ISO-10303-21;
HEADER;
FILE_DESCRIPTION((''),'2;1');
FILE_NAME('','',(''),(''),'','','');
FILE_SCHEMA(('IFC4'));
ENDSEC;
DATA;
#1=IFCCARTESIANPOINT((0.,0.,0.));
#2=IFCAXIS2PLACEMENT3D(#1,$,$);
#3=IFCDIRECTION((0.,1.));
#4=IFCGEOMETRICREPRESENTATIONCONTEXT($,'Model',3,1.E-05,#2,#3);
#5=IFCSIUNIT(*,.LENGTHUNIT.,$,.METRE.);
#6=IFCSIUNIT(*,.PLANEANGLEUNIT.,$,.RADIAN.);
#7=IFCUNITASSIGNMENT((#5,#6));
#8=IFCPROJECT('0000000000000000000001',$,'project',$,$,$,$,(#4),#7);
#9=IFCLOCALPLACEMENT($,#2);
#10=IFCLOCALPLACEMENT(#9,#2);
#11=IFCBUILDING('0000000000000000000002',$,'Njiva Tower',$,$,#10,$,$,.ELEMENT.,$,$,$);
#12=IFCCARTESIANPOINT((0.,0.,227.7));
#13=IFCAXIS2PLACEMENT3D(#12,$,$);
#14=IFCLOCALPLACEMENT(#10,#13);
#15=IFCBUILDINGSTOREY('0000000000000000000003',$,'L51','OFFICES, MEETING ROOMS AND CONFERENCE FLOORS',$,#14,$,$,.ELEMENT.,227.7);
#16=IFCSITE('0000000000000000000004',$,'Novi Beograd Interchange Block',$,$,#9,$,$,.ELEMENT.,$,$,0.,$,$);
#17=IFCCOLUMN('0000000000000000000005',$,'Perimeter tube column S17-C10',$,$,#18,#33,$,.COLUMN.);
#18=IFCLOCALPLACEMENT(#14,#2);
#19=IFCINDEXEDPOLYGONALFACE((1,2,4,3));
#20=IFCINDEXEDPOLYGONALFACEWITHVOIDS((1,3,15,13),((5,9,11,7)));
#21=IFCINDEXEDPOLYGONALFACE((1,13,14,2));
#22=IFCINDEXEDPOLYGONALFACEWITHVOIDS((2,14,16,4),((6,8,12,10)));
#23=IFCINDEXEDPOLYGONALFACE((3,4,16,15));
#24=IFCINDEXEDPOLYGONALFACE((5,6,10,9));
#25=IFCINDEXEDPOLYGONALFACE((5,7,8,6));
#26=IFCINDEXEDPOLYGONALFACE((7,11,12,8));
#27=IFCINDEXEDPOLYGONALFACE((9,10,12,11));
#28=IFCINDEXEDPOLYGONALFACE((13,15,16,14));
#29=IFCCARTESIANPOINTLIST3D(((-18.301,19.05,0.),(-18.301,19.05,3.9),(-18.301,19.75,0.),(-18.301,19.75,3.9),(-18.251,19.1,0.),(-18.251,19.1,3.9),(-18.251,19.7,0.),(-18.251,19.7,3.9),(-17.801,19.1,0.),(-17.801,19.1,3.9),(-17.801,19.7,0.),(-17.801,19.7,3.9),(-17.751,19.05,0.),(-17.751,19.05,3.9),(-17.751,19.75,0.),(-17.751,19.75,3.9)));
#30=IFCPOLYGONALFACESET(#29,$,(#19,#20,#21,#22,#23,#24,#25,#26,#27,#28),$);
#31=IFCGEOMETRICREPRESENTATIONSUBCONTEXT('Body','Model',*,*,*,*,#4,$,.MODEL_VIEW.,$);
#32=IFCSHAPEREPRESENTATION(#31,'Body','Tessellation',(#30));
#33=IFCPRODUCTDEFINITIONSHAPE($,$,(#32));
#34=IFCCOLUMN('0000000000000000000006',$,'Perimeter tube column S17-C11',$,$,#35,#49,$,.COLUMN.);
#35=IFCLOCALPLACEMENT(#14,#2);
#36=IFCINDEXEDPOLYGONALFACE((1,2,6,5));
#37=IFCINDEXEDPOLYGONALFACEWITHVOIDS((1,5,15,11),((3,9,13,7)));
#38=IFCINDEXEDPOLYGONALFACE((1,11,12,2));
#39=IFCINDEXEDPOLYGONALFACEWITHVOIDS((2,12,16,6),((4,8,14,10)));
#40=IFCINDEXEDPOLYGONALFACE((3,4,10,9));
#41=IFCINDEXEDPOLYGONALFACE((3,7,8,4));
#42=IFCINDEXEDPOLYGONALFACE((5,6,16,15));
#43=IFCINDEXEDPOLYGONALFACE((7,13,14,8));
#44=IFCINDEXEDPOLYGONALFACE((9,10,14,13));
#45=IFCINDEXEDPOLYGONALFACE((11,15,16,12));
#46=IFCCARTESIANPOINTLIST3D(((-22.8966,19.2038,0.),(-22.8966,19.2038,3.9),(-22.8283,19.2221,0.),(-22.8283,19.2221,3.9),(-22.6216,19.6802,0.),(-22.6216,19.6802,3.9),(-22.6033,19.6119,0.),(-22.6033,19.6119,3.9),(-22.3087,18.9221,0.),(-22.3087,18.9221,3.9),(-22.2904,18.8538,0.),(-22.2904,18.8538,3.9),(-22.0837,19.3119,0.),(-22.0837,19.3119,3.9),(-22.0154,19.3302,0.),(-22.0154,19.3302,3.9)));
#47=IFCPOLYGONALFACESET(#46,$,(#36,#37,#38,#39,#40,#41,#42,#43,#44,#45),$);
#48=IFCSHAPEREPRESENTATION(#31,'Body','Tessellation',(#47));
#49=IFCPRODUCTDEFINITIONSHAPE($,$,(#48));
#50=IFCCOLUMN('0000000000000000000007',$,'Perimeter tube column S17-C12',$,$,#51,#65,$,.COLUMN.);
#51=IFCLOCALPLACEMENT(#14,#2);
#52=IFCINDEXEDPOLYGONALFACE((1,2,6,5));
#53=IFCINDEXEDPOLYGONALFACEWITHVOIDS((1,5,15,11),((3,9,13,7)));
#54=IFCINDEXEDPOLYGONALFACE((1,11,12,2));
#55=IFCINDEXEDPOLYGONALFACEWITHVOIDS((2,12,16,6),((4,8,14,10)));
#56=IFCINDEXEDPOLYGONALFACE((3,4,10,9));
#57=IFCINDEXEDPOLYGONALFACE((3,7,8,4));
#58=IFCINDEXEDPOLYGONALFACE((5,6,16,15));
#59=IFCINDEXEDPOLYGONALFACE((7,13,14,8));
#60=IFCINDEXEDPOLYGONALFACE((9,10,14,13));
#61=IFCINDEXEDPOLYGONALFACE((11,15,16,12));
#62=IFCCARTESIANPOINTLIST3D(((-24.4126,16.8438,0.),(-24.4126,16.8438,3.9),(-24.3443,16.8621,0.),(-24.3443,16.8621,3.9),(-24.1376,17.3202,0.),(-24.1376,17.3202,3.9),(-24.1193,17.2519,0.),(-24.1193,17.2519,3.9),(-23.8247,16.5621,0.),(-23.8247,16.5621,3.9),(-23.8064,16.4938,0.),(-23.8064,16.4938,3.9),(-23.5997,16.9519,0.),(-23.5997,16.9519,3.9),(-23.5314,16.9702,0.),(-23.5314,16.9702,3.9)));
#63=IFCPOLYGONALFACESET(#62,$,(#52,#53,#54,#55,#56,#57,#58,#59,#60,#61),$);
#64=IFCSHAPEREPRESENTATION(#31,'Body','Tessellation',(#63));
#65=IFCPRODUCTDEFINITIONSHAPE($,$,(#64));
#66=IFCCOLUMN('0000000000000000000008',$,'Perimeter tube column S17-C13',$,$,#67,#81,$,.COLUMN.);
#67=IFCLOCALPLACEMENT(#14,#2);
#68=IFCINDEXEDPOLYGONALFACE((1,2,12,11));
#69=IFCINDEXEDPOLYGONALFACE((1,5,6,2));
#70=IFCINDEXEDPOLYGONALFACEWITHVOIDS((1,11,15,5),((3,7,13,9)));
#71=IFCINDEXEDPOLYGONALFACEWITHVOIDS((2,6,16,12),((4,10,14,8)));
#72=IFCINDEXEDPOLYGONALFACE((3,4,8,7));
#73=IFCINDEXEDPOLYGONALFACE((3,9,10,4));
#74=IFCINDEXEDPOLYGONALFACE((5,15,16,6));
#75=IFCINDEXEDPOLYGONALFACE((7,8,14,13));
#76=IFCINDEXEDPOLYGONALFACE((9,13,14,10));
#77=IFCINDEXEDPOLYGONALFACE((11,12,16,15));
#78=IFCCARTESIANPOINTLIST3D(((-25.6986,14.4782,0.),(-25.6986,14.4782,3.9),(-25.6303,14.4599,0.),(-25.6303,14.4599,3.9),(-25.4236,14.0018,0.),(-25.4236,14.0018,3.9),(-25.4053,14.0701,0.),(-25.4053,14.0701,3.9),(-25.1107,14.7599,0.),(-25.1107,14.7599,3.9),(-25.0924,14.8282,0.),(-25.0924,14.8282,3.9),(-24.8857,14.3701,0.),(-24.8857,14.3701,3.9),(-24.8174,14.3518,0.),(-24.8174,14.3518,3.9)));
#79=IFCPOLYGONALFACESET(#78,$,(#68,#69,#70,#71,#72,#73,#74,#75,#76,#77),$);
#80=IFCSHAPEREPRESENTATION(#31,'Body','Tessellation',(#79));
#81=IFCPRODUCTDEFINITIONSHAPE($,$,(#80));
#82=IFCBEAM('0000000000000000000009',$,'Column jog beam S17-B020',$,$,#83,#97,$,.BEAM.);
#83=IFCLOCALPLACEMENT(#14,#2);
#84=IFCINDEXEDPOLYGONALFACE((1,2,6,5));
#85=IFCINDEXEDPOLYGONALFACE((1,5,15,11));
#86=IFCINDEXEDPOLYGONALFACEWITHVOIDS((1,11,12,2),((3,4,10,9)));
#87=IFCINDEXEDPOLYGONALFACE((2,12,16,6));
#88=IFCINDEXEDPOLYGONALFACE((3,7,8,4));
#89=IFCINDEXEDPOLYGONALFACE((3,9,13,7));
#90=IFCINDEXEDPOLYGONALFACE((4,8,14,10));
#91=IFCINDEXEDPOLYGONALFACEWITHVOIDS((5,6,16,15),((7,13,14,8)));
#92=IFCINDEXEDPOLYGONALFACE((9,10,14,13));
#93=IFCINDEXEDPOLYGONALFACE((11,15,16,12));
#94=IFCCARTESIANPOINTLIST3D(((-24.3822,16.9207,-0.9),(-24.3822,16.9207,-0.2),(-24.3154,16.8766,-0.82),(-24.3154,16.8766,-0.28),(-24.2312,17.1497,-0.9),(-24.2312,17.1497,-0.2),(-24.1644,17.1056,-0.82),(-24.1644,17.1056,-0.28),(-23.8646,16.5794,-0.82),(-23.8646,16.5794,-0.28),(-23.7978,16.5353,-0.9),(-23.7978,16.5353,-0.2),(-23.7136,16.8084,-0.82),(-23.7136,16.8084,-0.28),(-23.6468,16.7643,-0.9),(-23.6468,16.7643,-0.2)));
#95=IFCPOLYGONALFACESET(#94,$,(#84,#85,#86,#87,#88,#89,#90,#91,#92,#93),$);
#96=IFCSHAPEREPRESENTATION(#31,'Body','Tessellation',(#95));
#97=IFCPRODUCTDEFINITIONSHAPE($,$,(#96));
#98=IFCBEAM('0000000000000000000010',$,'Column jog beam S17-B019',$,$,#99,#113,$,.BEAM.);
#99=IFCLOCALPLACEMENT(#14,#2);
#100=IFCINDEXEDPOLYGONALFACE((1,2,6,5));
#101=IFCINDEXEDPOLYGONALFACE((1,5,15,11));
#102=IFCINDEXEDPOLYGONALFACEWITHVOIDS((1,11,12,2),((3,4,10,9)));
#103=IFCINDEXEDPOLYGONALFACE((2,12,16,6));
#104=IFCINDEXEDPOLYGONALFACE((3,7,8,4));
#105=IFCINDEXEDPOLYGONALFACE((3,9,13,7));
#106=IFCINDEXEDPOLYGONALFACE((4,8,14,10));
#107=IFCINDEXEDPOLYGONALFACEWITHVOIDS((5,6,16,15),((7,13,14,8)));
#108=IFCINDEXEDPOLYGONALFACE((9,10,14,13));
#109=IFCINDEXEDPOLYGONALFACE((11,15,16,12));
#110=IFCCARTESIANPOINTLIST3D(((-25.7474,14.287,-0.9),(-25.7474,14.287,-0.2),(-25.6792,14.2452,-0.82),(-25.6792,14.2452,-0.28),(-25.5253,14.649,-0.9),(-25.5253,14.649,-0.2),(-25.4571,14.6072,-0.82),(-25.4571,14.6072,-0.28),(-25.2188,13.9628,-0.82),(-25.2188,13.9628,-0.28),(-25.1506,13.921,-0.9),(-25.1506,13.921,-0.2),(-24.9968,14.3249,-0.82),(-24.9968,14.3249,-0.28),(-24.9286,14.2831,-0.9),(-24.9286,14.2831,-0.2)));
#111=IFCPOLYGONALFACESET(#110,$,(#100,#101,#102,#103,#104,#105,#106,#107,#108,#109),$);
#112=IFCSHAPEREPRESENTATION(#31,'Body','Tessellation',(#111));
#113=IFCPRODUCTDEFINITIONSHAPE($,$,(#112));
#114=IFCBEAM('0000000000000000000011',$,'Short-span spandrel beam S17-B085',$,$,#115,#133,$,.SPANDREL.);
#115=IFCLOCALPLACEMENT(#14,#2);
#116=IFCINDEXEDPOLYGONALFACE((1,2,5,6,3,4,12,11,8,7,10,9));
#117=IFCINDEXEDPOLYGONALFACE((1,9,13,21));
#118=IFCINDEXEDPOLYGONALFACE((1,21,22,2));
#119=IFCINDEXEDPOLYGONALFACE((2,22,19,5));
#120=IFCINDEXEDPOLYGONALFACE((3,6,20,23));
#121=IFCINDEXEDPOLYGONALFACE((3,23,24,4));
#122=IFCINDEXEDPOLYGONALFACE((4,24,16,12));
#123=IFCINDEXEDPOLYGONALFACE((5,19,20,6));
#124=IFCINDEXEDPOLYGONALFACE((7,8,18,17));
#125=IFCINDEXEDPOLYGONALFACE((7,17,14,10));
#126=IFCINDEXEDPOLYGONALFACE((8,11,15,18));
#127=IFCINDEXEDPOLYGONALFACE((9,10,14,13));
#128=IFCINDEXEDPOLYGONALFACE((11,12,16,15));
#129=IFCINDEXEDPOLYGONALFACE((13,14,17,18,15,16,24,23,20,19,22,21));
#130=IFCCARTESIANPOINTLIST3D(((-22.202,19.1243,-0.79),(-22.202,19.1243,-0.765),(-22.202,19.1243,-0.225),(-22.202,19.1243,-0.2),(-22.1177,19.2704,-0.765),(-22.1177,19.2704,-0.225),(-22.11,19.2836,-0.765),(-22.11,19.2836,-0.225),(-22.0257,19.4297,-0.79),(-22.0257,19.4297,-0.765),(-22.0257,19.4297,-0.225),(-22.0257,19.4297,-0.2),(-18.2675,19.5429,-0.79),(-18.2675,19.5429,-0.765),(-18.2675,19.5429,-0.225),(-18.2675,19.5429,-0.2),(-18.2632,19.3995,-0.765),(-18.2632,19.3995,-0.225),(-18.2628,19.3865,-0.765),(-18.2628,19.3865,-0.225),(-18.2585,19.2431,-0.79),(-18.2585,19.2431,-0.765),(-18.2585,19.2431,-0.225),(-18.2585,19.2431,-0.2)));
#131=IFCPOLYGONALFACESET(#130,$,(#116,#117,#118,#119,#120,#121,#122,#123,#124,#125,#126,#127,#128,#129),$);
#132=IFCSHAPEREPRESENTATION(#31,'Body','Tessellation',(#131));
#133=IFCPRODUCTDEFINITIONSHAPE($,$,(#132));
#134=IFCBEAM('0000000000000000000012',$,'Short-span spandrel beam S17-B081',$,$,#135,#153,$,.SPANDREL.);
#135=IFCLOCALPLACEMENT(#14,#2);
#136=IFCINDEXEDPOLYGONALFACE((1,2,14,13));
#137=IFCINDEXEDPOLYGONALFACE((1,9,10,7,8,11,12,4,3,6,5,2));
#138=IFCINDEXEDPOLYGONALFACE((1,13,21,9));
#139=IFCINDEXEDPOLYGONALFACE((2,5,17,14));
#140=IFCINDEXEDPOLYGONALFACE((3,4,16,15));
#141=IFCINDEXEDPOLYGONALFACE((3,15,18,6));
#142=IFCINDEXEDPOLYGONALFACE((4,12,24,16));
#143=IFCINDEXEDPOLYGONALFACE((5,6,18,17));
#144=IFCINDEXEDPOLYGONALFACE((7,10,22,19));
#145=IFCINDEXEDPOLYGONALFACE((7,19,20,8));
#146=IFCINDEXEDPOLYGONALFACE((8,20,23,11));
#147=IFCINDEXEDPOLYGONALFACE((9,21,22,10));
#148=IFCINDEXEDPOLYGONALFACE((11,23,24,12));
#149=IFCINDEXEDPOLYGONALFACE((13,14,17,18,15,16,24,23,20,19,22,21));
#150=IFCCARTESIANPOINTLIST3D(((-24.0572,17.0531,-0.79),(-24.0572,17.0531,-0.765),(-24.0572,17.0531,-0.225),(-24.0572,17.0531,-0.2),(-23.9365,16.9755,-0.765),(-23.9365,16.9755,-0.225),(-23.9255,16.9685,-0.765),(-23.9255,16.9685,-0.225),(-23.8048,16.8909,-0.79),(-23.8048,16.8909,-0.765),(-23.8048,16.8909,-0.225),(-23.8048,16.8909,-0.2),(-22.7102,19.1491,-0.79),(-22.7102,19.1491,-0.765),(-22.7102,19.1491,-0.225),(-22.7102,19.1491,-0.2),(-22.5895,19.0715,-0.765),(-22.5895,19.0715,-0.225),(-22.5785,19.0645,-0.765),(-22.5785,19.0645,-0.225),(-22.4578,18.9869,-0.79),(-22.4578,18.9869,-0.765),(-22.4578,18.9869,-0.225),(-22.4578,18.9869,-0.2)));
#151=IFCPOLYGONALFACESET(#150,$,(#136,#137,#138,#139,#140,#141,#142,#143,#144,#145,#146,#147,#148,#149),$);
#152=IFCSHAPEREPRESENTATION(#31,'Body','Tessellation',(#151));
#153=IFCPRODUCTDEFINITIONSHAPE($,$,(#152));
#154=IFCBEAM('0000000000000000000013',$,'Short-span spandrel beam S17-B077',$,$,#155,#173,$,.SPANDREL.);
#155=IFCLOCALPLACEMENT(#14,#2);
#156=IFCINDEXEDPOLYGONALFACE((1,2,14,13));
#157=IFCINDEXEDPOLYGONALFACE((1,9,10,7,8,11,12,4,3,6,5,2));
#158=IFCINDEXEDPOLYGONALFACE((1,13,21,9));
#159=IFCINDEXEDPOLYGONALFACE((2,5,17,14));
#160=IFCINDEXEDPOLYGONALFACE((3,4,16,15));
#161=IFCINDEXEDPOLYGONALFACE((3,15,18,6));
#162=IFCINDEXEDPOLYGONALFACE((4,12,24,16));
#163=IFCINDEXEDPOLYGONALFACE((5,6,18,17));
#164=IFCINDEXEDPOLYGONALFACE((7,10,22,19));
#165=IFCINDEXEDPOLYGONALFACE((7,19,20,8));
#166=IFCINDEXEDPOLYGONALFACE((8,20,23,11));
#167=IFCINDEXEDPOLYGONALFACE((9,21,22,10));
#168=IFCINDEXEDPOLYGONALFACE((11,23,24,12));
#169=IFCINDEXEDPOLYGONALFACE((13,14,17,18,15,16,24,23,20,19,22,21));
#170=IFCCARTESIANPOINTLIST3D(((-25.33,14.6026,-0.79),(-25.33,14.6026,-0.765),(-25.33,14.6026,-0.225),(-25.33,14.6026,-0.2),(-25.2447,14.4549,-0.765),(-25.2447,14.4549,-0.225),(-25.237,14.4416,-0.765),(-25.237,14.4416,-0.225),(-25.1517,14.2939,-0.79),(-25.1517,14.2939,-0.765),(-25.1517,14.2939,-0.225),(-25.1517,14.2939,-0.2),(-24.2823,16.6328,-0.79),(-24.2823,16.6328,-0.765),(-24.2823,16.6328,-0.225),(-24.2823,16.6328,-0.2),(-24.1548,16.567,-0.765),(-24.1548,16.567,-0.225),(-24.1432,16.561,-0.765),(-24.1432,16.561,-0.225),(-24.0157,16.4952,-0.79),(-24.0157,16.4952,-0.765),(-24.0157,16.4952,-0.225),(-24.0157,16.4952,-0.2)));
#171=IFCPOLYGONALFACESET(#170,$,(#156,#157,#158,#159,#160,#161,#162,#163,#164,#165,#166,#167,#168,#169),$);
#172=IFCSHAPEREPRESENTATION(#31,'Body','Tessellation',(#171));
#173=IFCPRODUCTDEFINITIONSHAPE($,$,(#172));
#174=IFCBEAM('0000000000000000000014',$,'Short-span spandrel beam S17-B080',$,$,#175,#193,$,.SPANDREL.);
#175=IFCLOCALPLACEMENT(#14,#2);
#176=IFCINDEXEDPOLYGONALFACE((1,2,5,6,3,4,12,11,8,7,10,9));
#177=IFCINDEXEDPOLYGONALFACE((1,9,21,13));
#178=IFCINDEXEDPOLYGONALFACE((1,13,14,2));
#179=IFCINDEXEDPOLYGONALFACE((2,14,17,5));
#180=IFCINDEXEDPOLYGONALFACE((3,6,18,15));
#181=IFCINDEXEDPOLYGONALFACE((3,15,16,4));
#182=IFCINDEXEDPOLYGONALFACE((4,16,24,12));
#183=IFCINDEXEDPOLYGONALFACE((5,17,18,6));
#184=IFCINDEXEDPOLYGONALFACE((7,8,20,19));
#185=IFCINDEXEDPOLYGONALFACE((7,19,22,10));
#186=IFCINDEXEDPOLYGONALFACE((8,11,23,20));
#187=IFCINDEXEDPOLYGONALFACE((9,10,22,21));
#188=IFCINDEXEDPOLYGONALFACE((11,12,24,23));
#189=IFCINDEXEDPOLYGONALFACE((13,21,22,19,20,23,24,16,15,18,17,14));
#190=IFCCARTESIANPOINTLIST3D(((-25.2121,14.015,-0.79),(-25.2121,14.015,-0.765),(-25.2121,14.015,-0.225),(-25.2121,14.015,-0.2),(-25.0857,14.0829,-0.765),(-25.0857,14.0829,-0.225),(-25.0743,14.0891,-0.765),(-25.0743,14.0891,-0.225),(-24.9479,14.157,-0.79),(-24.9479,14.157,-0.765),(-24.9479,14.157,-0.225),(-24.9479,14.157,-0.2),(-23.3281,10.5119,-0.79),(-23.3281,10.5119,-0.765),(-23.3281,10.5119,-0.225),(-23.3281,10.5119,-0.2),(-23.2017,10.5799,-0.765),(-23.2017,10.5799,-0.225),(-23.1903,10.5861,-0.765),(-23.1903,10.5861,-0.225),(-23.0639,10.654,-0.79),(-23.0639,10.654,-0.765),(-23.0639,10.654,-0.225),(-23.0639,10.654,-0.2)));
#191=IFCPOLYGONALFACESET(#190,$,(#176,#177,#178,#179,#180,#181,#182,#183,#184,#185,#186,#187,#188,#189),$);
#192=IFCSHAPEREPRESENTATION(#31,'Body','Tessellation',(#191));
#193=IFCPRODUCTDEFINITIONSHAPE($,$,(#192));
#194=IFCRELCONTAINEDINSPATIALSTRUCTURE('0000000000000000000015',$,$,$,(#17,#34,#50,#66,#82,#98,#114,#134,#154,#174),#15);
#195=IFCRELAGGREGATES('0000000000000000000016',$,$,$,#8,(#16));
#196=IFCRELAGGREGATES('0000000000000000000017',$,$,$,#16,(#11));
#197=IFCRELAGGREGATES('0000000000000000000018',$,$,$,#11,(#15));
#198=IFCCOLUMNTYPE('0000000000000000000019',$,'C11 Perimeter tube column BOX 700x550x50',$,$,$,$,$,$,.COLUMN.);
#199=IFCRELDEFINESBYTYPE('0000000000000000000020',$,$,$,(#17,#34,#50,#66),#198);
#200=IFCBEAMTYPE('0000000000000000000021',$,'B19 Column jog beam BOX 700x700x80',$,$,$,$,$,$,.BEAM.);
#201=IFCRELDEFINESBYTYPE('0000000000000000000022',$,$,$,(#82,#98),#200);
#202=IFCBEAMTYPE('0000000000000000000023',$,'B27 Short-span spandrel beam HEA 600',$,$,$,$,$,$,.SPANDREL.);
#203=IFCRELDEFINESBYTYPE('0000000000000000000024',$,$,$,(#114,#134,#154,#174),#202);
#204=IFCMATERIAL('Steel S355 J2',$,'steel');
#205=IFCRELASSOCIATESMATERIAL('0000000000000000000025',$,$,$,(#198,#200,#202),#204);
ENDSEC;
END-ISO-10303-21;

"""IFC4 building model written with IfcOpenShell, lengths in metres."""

from ifc_helpers import new_model, si_unit, direction, frame, origin, origin_2d, place, context, subcontext, project, spatial, hollow_rectangle, i_section, extrude, clip, halfspace, material, material_profile, profile_set, type_object, element, save


model = new_model("IFC4")

# Units and contexts
model_context = context("Model", 3, precision=1e-05, world=origin(), true_north=direction((0.0, 1.0)))
body_context = subcontext(model_context, "Body", "Model", "MODEL_VIEW")
ifc_project = project(units=[si_unit("LENGTHUNIT", "METRE"), si_unit("PLANEANGLEUNIT", "RADIAN")], contexts=[model_context])

# Site, building, storey
site_placement = place(None, origin())
site = spatial("IfcSite", under=ifc_project, at=site_placement, Name="Novi Beograd Interchange Block", CompositionType="ELEMENT", RefElevation=0.0)
building_placement = place(site_placement, origin())
building = spatial("IfcBuilding", under=site, at=building_placement, Name="Njiva Tower", CompositionType="ELEMENT")
storey_placement = place(building_placement, frame((0.0, 0.0, 227.7)))
storey = spatial("IfcBuildingStorey", under=building, at=storey_placement, Name="L51", Description="OFFICES, MEETING ROOMS AND CONFERENCE FLOORS", CompositionType="ELEMENT", Elevation=227.7)

# Columns
ifc_material_1 = material(Name="Steel S355 J2", Category="steel")
ifc_material_profile_1 = material_profile(ifc_material_1, hollow_rectangle(XDim=0.55, YDim=0.7, WallThickness=0.05, at=origin_2d()), Name="BOX 700x550x50")
ifc_profile_set_1 = profile_set([ifc_material_profile_1], Name="Steel S355 J2")
column_type = type_object("IfcColumnType", Name="C11 Perimeter tube column BOX 700x550x50", PredefinedType="COLUMN", material=ifc_profile_set_1)
for number, where, z_axis, x_axis, name in (
    (1, (-18.026, 19.4, 0.0), (0.0, 0.0, 1.0), (-1.0, 0.0, 0.0), "Perimeter tube column S17-C10"),
    (2, (-22.456, 19.267, 0.0), (0.0, 0.0, 1.0), (-0.5, -0.866025, 0.0), "Perimeter tube column S17-C11"),
    (3, (-23.972, 16.907, 0.0), (0.0, 0.0, 1.0), (-0.5, -0.866025, 0.0), "Perimeter tube column S17-C12"),
    (4, (-25.258, 14.415, 0.0), (0.0, 0.0, 1.0), (0.5, -0.866025, 0.0), "Perimeter tube column S17-C13"),
):
    element("IfcColumn", number, at=place(storey_placement, frame(where, z_axis=z_axis, x_axis=x_axis)), inside=storey, type_object=column_type, Name=name, PredefinedType="COLUMN", context=body_context, shape_type="SweptSolid", body=[
        extrude(hollow_rectangle(XDim=0.55, YDim=0.7, WallThickness=0.05, at=origin_2d()), origin(), (0.0, 0.0, 1.0), 3.9),
    ])

# Beams
ifc_material_profile_2 = material_profile(ifc_material_1, hollow_rectangle(XDim=0.7, YDim=0.7, WallThickness=0.08, at=origin_2d()), Name="BOX 700x700x80")
ifc_profile_set_2 = profile_set([ifc_material_profile_2], Name="Steel S355 J2")
beam_type_1 = type_object("IfcBeamType", Name="B19 Column jog beam BOX 700x700x80", PredefinedType="BEAM", material=ifc_profile_set_2)
beam_1_placement = place(storey_placement, frame((-24.09, 16.728, -0.55), z_axis=(0.550487, 0.834844, 0.0), x_axis=(-0.834844, 0.550487, 0.0)))
element("IfcBeam", 5, at=beam_1_placement, inside=storey, type_object=beam_type_1, Name="Column jog beam S17-B020", PredefinedType="BEAM", context=body_context, shape_type="SweptSolid", body=[
    extrude(hollow_rectangle(XDim=0.7, YDim=0.7, WallThickness=0.08, at=origin_2d()), origin(), (0.0, 0.0, 1.0), 0.2743),
])
beam_2_placement = place(storey_placement, frame((-25.449, 14.104, -0.55), z_axis=(0.522783, 0.852466, 0.0), x_axis=(-0.852466, 0.522783, 0.0)))
element("IfcBeam", 6, at=beam_2_placement, inside=storey, type_object=beam_type_1, Name="Column jog beam S17-B019", PredefinedType="BEAM", context=body_context, shape_type="SweptSolid", body=[
    extrude(hollow_rectangle(XDim=0.7, YDim=0.7, WallThickness=0.08, at=origin_2d()), origin(), (0.0, 0.0, 1.0), 0.4247),
])
ifc_material_profile_3 = material_profile(ifc_material_1, i_section(OverallWidth=0.3, OverallDepth=0.59, WebThickness=0.013, FlangeThickness=0.025, at=origin_2d()), Name="HEA 600")
ifc_profile_set_3 = profile_set([ifc_material_profile_3], Name="Steel S355 J2")
beam_type_2 = type_object("IfcBeamType", Name="B27 Short-span spandrel beam HEA 600", PredefinedType="SPANDREL", material=ifc_profile_set_3)
beam_3_placement = place(storey_placement, frame((-18.263, 19.393, -0.495), z_axis=(-0.999547, -0.030108, 0.0), x_axis=(0.030108, -0.999547, 0.0)))
element("IfcBeam", 7, at=beam_3_placement, inside=storey, type_object=beam_type_2, Name="Short-span spandrel beam S17-B085", PredefinedType="SPANDREL", context=body_context, shape_type="Clipping", body=[
    clip(extrude(i_section(OverallWidth=0.3, OverallDepth=0.59, WebThickness=0.013, FlangeThickness=0.025, at=origin_2d()), origin(), (0.0, 0.0, 1.0), 3.9657), halfspace(frame((-0.0265, 0.0, 3.8362), z_axis=(-0.525846, 0.0, 0.85058), x_axis=(0.0, 1.0, 0.0)), False)),
])
beam_4_placement = place(storey_placement, frame((-22.584, 19.068, -0.495), z_axis=(-0.540636, -0.841257, 0.0), x_axis=(0.841257, -0.540636, 0.0)))
element("IfcBeam", 8, at=beam_4_placement, inside=storey, type_object=beam_type_2, Name="Short-span spandrel beam S17-B081", PredefinedType="SPANDREL", context=body_context, shape_type="SweptSolid", body=[
    extrude(i_section(OverallWidth=0.3, OverallDepth=0.59, WebThickness=0.013, FlangeThickness=0.025, at=origin_2d()), origin(), (0.0, 0.0, 1.0), 2.4915),
])
beam_5_placement = place(storey_placement, frame((-24.149, 16.564, -0.495), z_axis=(-0.4586, -0.888643, 0.0), x_axis=(0.888643, -0.4586, 0.0)))
element("IfcBeam", 9, at=beam_5_placement, inside=storey, type_object=beam_type_2, Name="Short-span spandrel beam S17-B077", PredefinedType="SPANDREL", context=body_context, shape_type="Clipping", body=[
    clip(extrude(i_section(OverallWidth=0.3, OverallDepth=0.59, WebThickness=0.013, FlangeThickness=0.025, at=origin_2d()), origin(), (0.0, 0.0, 1.0), 2.4972), halfspace(frame((-0.0266, 0.0, 2.3638), z_axis=(-0.540289, 0.0, 0.841479), x_axis=(0.0, 1.0, 0.0)), False)),
])
beam_6_placement = place(storey_placement, frame((-25.08, 14.086, -0.495), z_axis=(0.473665, -0.880705, 0.0), x_axis=(0.880705, 0.473665, 0.0)))
element("IfcBeam", 10, at=beam_6_placement, inside=storey, type_object=beam_type_2, Name="Short-span spandrel beam S17-B080", PredefinedType="SPANDREL", context=body_context, shape_type="SweptSolid", body=[
    extrude(i_section(OverallWidth=0.3, OverallDepth=0.59, WebThickness=0.013, FlangeThickness=0.025, at=origin_2d()), origin(), (0.0, 0.0, 1.0), 3.9775),
])

save(model, "model.ifc")
